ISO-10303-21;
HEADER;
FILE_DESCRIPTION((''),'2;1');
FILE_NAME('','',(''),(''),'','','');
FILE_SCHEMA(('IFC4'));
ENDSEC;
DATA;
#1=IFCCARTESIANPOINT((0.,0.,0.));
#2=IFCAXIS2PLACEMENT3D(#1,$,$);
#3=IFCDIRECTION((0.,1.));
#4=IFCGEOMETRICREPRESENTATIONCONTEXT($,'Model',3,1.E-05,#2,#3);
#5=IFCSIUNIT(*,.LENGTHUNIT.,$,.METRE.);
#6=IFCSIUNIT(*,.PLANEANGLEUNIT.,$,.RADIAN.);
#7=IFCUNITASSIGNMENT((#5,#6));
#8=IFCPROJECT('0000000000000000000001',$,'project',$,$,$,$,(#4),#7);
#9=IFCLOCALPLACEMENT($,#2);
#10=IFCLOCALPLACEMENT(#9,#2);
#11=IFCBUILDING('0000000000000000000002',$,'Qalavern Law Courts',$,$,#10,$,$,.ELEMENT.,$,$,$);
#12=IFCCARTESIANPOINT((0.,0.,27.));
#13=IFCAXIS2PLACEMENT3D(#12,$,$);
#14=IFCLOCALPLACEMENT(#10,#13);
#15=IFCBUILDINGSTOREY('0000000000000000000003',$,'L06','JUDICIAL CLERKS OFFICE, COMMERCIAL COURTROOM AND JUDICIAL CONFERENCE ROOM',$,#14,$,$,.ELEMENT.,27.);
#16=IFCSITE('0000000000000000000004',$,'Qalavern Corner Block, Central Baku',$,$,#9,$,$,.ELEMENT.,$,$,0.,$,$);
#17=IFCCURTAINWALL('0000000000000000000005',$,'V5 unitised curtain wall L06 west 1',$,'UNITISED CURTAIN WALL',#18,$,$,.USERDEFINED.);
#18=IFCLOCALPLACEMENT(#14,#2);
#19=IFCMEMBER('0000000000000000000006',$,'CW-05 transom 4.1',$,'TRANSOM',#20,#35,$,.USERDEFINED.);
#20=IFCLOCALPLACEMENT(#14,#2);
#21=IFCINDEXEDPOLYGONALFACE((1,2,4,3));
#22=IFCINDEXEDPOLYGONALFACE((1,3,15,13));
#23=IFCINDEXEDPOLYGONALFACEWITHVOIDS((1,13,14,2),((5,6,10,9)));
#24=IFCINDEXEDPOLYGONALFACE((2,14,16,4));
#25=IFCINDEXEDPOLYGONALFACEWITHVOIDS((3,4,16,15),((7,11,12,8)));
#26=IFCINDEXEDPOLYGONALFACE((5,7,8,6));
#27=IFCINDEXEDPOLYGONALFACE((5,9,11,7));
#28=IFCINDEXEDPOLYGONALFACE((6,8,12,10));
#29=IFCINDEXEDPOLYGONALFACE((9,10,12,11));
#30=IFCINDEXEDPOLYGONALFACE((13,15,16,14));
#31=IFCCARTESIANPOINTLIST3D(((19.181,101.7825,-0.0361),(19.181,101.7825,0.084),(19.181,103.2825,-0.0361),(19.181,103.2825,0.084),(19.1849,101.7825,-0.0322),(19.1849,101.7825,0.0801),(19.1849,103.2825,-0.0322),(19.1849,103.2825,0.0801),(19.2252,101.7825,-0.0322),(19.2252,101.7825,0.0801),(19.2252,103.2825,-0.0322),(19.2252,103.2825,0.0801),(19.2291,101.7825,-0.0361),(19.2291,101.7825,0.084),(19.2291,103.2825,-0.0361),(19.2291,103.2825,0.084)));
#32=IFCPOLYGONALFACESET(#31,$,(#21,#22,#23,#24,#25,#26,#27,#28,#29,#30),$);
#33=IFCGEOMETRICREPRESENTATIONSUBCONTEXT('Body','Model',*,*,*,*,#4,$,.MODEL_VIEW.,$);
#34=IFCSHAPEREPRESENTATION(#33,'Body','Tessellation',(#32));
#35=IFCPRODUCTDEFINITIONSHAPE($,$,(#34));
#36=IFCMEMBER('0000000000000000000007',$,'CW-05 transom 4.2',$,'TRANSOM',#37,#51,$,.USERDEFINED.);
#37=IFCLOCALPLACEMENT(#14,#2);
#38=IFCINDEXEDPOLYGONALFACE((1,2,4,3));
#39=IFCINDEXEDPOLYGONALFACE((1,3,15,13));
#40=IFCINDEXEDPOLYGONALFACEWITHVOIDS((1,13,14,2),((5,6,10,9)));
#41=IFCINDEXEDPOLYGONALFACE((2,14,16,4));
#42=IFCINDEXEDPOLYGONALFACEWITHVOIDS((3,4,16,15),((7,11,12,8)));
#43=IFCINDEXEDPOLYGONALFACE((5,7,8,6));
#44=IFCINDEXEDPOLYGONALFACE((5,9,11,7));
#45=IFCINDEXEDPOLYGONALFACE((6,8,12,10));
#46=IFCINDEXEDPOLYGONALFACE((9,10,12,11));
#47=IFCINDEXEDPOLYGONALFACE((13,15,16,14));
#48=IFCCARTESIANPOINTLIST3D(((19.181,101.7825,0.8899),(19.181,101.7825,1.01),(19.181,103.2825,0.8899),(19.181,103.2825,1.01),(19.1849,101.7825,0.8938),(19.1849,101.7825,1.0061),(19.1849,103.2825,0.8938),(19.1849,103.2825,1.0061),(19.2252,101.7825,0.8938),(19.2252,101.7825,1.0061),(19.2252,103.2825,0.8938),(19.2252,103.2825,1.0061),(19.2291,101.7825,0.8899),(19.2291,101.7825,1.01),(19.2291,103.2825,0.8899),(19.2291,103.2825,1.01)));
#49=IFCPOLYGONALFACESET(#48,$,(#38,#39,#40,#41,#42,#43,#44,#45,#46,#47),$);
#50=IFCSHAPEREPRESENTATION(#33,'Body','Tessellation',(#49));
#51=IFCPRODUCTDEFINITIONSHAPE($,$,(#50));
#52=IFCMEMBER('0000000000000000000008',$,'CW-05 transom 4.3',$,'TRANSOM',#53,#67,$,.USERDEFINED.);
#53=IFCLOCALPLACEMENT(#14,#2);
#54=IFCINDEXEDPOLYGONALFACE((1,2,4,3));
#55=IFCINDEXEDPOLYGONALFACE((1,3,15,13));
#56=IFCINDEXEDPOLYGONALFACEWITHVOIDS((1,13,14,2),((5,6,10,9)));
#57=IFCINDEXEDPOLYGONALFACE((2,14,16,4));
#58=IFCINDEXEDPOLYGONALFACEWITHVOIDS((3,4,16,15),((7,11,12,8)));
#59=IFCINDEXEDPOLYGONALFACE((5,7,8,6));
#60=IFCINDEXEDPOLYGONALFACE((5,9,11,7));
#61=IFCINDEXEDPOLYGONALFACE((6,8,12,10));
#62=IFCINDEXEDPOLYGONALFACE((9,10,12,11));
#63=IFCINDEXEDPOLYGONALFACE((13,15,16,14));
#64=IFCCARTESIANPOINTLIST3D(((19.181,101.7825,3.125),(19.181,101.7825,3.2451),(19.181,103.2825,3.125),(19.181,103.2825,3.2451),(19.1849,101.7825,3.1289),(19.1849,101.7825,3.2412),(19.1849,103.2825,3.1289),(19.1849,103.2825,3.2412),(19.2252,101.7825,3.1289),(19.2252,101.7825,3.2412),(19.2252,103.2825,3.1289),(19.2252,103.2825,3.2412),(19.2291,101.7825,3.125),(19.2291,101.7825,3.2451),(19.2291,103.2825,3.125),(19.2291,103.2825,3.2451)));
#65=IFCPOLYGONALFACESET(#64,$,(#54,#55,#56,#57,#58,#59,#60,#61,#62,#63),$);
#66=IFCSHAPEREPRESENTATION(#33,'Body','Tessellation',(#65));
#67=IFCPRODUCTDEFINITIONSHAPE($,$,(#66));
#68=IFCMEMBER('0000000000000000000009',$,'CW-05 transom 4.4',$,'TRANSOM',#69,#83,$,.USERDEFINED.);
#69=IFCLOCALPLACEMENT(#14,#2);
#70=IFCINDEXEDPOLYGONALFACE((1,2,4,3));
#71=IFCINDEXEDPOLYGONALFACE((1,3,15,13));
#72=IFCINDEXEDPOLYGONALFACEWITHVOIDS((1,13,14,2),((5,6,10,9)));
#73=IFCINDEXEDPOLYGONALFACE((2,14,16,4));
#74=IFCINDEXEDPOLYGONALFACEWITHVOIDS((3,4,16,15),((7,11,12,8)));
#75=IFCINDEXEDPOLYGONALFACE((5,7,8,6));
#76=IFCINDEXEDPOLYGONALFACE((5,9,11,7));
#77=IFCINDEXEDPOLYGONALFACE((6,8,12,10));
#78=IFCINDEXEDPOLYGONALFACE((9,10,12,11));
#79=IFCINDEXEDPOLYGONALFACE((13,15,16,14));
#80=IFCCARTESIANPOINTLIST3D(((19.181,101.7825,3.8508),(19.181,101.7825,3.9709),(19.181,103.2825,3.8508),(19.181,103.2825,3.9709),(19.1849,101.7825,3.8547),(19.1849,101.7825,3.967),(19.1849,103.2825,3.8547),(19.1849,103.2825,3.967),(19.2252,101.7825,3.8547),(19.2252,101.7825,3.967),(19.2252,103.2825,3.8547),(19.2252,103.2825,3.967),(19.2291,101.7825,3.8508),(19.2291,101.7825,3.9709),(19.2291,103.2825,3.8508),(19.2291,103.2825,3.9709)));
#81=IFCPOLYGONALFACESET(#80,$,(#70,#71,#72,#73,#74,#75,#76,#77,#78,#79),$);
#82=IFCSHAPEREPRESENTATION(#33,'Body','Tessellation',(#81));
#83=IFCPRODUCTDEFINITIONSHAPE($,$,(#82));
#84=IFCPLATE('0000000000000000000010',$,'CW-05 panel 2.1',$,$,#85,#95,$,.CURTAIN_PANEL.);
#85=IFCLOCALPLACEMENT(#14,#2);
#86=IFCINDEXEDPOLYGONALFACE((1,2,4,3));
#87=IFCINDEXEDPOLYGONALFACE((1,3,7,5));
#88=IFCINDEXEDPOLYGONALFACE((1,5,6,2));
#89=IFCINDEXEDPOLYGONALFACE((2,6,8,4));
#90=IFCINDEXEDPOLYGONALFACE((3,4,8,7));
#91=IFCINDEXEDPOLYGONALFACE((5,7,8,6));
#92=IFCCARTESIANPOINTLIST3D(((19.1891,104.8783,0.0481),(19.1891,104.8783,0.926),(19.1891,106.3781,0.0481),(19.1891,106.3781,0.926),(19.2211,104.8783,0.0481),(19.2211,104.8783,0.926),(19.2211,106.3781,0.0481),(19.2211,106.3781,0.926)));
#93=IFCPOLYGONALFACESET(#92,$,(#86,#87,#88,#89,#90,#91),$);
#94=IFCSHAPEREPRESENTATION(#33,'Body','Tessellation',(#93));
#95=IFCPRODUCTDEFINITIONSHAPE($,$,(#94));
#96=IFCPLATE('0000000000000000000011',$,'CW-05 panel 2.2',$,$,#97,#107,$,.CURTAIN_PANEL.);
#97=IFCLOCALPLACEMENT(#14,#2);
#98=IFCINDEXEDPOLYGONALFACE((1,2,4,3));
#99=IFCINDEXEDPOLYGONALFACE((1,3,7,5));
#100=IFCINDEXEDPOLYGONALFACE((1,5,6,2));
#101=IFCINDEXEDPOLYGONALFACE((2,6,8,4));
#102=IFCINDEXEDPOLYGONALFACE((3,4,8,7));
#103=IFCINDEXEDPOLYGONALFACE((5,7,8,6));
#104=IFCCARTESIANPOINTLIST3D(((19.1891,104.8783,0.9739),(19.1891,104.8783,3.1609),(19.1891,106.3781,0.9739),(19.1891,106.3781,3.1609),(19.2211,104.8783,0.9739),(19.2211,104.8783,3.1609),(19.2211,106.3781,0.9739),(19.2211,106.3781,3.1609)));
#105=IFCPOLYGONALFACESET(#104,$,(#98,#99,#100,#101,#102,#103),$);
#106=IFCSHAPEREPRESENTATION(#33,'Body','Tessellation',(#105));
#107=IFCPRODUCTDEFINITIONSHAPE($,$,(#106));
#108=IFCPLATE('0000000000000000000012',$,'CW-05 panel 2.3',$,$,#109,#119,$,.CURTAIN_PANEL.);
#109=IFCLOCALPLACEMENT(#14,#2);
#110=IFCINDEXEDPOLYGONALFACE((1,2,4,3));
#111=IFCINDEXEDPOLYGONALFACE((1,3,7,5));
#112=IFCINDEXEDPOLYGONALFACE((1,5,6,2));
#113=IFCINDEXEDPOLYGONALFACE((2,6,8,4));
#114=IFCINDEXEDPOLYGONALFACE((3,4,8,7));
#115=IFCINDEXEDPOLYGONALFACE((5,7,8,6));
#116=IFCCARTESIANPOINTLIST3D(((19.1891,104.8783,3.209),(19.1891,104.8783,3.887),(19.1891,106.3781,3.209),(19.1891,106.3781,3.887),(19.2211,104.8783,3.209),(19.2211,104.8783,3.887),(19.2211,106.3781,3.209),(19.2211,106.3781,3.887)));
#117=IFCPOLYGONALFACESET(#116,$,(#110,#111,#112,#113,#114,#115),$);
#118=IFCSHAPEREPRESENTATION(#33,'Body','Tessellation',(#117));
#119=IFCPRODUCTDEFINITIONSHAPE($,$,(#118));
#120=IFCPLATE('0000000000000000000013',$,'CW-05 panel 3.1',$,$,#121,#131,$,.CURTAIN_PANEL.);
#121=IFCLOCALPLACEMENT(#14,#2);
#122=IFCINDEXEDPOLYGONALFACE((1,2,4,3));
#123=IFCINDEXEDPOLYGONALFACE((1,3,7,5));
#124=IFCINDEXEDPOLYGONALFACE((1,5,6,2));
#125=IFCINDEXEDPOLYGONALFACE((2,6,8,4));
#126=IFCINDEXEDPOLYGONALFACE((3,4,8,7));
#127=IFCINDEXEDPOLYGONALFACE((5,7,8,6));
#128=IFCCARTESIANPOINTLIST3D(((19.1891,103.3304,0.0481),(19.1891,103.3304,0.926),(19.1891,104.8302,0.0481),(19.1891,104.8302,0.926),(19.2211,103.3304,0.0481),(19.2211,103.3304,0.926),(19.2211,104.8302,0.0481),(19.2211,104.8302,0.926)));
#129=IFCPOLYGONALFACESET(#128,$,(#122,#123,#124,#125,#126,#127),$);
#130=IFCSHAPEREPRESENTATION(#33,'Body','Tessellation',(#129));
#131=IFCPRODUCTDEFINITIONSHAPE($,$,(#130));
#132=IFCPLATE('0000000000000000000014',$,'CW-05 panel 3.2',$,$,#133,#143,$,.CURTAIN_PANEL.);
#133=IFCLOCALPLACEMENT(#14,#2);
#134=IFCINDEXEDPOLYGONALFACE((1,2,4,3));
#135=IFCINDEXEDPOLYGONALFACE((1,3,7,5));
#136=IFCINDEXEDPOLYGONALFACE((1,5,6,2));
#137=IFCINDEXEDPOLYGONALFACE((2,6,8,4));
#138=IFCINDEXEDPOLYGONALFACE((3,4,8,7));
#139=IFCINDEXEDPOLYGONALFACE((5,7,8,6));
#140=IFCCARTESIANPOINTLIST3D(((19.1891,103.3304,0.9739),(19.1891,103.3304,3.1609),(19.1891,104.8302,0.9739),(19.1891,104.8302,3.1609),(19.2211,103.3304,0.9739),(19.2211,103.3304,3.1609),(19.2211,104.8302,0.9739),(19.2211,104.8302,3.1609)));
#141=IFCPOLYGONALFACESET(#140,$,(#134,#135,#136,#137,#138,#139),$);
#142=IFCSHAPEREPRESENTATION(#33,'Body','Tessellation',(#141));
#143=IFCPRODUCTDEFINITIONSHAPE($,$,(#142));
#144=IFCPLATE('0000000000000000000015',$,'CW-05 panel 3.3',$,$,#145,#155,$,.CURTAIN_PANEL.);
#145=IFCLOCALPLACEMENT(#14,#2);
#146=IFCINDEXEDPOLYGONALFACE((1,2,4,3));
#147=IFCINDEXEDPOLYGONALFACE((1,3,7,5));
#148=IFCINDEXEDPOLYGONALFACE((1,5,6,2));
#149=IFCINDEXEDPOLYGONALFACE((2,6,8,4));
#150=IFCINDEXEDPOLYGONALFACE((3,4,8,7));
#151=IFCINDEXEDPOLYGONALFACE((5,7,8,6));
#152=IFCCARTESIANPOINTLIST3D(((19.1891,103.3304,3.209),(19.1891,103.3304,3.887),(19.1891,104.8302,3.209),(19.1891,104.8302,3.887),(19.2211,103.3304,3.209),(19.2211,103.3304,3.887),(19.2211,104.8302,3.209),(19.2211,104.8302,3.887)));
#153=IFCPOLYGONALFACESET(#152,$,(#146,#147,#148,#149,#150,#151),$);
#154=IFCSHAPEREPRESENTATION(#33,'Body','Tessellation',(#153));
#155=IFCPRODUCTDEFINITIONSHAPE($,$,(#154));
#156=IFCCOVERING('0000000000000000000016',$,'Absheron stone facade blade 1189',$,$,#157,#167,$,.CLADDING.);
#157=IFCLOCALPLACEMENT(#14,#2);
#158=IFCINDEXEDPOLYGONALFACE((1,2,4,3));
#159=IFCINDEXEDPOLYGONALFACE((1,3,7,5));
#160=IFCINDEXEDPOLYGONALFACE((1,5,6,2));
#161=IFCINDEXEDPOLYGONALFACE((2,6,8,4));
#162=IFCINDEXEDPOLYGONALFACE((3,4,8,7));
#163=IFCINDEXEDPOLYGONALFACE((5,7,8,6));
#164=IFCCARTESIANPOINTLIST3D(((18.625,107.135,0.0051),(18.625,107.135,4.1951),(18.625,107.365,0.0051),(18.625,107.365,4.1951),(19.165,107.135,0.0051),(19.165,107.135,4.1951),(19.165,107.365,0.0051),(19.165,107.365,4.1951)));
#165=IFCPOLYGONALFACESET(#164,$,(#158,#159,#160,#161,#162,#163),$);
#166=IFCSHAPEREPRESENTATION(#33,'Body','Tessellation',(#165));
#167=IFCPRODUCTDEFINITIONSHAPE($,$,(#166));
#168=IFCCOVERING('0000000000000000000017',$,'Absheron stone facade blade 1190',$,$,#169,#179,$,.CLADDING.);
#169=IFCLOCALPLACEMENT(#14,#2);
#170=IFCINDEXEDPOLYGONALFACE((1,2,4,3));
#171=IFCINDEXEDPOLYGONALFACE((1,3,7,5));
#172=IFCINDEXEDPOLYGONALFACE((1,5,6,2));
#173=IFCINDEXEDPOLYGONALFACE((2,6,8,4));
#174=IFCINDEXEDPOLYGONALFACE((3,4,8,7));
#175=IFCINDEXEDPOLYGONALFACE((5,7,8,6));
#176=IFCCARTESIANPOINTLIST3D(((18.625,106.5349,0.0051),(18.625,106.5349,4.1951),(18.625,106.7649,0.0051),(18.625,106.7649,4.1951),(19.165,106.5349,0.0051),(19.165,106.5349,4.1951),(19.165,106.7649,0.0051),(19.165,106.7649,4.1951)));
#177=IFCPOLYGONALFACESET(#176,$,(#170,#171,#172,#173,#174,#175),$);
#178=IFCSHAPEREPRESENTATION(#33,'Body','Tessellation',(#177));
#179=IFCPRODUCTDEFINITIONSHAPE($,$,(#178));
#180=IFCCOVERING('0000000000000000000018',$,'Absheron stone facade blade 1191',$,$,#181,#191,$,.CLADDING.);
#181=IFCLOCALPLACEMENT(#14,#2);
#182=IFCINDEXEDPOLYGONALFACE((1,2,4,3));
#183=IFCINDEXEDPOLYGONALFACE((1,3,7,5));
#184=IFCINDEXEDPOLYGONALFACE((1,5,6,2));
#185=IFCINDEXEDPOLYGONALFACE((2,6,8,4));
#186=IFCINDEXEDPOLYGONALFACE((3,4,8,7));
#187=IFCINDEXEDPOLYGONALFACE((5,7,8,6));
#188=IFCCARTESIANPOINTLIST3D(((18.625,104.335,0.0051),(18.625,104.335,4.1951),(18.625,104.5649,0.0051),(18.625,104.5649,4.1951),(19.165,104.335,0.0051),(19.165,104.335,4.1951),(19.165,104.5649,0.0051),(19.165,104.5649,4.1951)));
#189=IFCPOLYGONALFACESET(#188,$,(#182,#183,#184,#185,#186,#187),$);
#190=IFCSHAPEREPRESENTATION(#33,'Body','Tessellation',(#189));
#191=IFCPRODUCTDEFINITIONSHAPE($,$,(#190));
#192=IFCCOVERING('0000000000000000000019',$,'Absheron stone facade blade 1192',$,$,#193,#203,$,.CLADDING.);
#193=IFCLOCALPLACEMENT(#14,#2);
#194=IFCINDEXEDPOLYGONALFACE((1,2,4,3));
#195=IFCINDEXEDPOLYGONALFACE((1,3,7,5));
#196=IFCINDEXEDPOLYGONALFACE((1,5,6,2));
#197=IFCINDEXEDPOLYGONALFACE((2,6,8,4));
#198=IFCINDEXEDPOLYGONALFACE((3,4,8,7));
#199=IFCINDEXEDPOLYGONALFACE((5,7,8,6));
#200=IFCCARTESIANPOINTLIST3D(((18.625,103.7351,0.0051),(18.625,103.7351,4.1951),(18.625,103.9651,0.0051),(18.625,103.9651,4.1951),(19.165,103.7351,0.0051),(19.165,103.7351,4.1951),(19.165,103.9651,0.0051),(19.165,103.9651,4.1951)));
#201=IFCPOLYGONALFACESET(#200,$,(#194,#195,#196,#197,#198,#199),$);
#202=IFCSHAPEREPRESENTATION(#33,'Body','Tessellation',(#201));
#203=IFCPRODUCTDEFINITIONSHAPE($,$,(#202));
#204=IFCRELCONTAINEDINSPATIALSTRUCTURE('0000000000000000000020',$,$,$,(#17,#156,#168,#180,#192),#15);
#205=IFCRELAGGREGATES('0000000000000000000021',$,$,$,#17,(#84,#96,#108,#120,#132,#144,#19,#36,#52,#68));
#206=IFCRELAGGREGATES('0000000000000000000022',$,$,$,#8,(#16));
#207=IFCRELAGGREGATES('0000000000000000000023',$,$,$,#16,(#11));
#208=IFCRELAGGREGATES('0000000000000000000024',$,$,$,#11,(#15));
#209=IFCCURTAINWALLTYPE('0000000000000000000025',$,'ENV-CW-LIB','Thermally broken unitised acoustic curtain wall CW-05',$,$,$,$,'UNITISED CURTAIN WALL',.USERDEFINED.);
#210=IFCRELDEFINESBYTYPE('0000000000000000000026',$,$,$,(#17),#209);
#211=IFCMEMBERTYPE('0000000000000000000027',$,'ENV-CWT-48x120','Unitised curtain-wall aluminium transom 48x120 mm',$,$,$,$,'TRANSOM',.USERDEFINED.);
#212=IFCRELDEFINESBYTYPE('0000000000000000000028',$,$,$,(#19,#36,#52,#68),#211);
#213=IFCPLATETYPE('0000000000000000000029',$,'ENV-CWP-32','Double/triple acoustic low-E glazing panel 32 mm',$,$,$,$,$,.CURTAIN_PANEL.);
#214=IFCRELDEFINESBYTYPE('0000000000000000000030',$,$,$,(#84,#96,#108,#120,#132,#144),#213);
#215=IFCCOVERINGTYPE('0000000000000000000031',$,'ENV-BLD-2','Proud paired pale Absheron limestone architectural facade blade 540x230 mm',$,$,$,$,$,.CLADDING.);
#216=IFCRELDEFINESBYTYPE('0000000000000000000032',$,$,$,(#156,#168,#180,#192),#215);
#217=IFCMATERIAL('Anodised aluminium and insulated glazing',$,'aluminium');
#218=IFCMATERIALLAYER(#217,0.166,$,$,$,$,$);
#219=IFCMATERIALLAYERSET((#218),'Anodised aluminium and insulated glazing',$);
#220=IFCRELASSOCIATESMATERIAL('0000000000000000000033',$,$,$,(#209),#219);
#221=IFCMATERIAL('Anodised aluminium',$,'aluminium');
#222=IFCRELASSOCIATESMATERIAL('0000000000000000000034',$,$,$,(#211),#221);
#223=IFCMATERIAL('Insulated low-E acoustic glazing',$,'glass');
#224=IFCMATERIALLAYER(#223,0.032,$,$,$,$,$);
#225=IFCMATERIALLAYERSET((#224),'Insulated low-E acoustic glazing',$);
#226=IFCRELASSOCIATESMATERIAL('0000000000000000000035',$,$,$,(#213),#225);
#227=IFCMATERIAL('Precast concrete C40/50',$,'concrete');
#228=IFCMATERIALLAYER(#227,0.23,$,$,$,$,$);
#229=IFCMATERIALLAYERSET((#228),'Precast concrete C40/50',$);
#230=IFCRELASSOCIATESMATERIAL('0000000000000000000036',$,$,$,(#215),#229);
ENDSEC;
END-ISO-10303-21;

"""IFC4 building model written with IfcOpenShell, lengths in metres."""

from ifc_helpers import new_model, si_unit, direction, frame, origin, origin_2d, place, context, subcontext, project, spatial, rectangle, hollow_rectangle, extrude, material, layer, layer_set, material_profile, profile_set, type_object, element, aggregate, save


model = new_model("IFC4")

# Units and contexts
model_context = context("Model", 3, precision=1e-05, world=origin(), true_north=direction((0.0, 1.0)))
body_context = subcontext(model_context, "Body", "Model", "MODEL_VIEW")
ifc_project = project(units=[si_unit("LENGTHUNIT", "METRE"), si_unit("PLANEANGLEUNIT", "RADIAN")], contexts=[model_context])

# Site, building, storey
site_placement = place(None, origin())
site = spatial("IfcSite", under=ifc_project, at=site_placement, Name="Qalavern Corner Block, Central Baku", CompositionType="ELEMENT", RefElevation=0.0)
building_placement = place(site_placement, origin())
building = spatial("IfcBuilding", under=site, at=building_placement, Name="Qalavern Law Courts", CompositionType="ELEMENT")
storey_placement = place(building_placement, frame((0.0, 0.0, 27.0)))
storey = spatial("IfcBuildingStorey", under=building, at=storey_placement, Name="L06", Description="JUDICIAL CLERKS OFFICE, COMMERCIAL COURTROOM AND JUDICIAL CONFERENCE ROOM", CompositionType="ELEMENT", Elevation=27.0)

# Curtain wall, members, plates
ifc_material_1 = material(Name="Anodised aluminium and insulated glazing", Category="aluminium")
ifc_layer_1 = layer(ifc_material_1, 0.166)
ifc_layer_set_1 = layer_set([ifc_layer_1], Name="Anodised aluminium and insulated glazing")
curtain_wall_type = type_object("IfcCurtainWallType", Name="ENV-CW-LIB", Description="Thermally broken unitised acoustic curtain wall CW-05", ElementType="UNITISED CURTAIN WALL", PredefinedType="USERDEFINED", material=ifc_layer_set_1)
curtain_wall_placement = place(storey_placement, origin())
curtain_wall = element("IfcCurtainWall", 1, at=curtain_wall_placement, inside=storey, type_object=curtain_wall_type, Name="V5 unitised curtain wall L06 west 1", ObjectType="UNITISED CURTAIN WALL", PredefinedType="USERDEFINED")
ifc_material_2 = material(Name="Anodised aluminium", Category="aluminium")
ifc_material_profile_1 = material_profile(ifc_material_2, hollow_rectangle(XDim=0.0481, YDim=0.1201, WallThickness=0.0039, at=origin_2d()), Name="ALU TRANSOM 48x120")
ifc_profile_set_1 = profile_set([ifc_material_profile_1], Name="Anodised aluminium")
member_type_1 = type_object("IfcMemberType", Name="ENV-CWT-48x120", Description="Unitised curtain-wall aluminium transom 48x120 mm", ElementType="TRANSOM", PredefinedType="USERDEFINED", material=ifc_profile_set_1)
member_1_placement = place(storey_placement, frame((19.2051, 103.2825, 0.0239), z_axis=(0.0, -1.0, 0.0), x_axis=(1.0, 0.0, 0.0)))
member_1 = element("IfcMember", 2, at=member_1_placement, type_object=member_type_1, Name="CW-05 transom 4.1", ObjectType="TRANSOM", PredefinedType="USERDEFINED", context=body_context, shape_type="SweptSolid", body=[
    extrude(hollow_rectangle(XDim=0.0481, YDim=0.1201, WallThickness=0.0039, at=origin_2d()), origin(), (0.0, 0.0, 1.0), 1.5),
])
member_2_placement = place(storey_placement, frame((19.2051, 103.2825, 0.95), z_axis=(0.0, -1.0, 0.0), x_axis=(1.0, 0.0, 0.0)))
member_2 = element("IfcMember", 3, at=member_2_placement, type_object=member_type_1, Name="CW-05 transom 4.2", ObjectType="TRANSOM", PredefinedType="USERDEFINED", context=body_context, shape_type="SweptSolid", body=[
    extrude(hollow_rectangle(XDim=0.0481, YDim=0.1201, WallThickness=0.0039, at=origin_2d()), origin(), (0.0, 0.0, 1.0), 1.5),
])
member_3_placement = place(storey_placement, frame((19.2051, 103.2825, 3.1851), z_axis=(0.0, -1.0, 0.0), x_axis=(1.0, 0.0, 0.0)))
member_3 = element("IfcMember", 4, at=member_3_placement, type_object=member_type_1, Name="CW-05 transom 4.3", ObjectType="TRANSOM", PredefinedType="USERDEFINED", context=body_context, shape_type="SweptSolid", body=[
    extrude(hollow_rectangle(XDim=0.0481, YDim=0.1201, WallThickness=0.0039, at=origin_2d()), origin(), (0.0, 0.0, 1.0), 1.5),
])
member_4_placement = place(storey_placement, frame((19.2051, 103.2825, 3.9109), z_axis=(0.0, -1.0, 0.0), x_axis=(1.0, 0.0, 0.0)))
member_4 = element("IfcMember", 5, at=member_4_placement, type_object=member_type_1, Name="CW-05 transom 4.4", ObjectType="TRANSOM", PredefinedType="USERDEFINED", context=body_context, shape_type="SweptSolid", body=[
    extrude(hollow_rectangle(XDim=0.0481, YDim=0.1201, WallThickness=0.0039, at=origin_2d()), origin(), (0.0, 0.0, 1.0), 1.5),
])
ifc_material_3 = material(Name="Insulated low-E acoustic glazing", Category="glass")
ifc_layer_2 = layer(ifc_material_3, 0.032)
ifc_layer_set_2 = layer_set([ifc_layer_2], Name="Insulated low-E acoustic glazing")
plate_type = type_object("IfcPlateType", Name="ENV-CWP-32", Description="Double/triple acoustic low-E glazing panel 32 mm", PredefinedType="CURTAIN_PANEL", material=ifc_layer_set_2)
plate_1_placement = place(storey_placement, frame((19.2051, 105.6282, 0.0481), z_axis=(0.0, 0.0, 1.0), x_axis=(0.0, -1.0, 0.0)))
plate_1 = element("IfcPlate", 6, at=plate_1_placement, type_object=plate_type, Name="CW-05 panel 2.1", PredefinedType="CURTAIN_PANEL", context=body_context, shape_type="SweptSolid", body=[
    extrude(rectangle(XDim=1.4998, YDim=0.032, at=origin_2d()), origin(), (0.0, 0.0, 1.0), 0.8779),
])
plate_2_placement = place(storey_placement, frame((19.2051, 105.6282, 0.9739), z_axis=(0.0, 0.0, 1.0), x_axis=(0.0, -1.0, 0.0)))
plate_2 = element("IfcPlate", 7, at=plate_2_placement, type_object=plate_type, Name="CW-05 panel 2.2", PredefinedType="CURTAIN_PANEL", context=body_context, shape_type="SweptSolid", body=[
    extrude(rectangle(XDim=1.4998, YDim=0.032, at=origin_2d()), origin(), (0.0, 0.0, 1.0), 2.187),
])
plate_3_placement = place(storey_placement, frame((19.2051, 105.6282, 3.209), z_axis=(0.0, 0.0, 1.0), x_axis=(0.0, -1.0, 0.0)))
plate_3 = element("IfcPlate", 8, at=plate_3_placement, type_object=plate_type, Name="CW-05 panel 2.3", PredefinedType="CURTAIN_PANEL", context=body_context, shape_type="SweptSolid", body=[
    extrude(rectangle(XDim=1.4998, YDim=0.032, at=origin_2d()), origin(), (0.0, 0.0, 1.0), 0.678),
])
plate_4_placement = place(storey_placement, frame((19.2051, 104.0803, 0.0481), z_axis=(0.0, 0.0, 1.0), x_axis=(0.0, -1.0, 0.0)))
plate_4 = element("IfcPlate", 9, at=plate_4_placement, type_object=plate_type, Name="CW-05 panel 3.1", PredefinedType="CURTAIN_PANEL", context=body_context, shape_type="SweptSolid", body=[
    extrude(rectangle(XDim=1.4998, YDim=0.032, at=origin_2d()), origin(), (0.0, 0.0, 1.0), 0.8779),
])
plate_5_placement = place(storey_placement, frame((19.2051, 104.0803, 0.9739), z_axis=(0.0, 0.0, 1.0), x_axis=(0.0, -1.0, 0.0)))
plate_5 = element("IfcPlate", 10, at=plate_5_placement, type_object=plate_type, Name="CW-05 panel 3.2", PredefinedType="CURTAIN_PANEL", context=body_context, shape_type="SweptSolid", body=[
    extrude(rectangle(XDim=1.4998, YDim=0.032, at=origin_2d()), origin(), (0.0, 0.0, 1.0), 2.187),
])
plate_6_placement = place(storey_placement, frame((19.2051, 104.0803, 3.209), z_axis=(0.0, 0.0, 1.0), x_axis=(0.0, -1.0, 0.0)))
plate_6 = element("IfcPlate", 11, at=plate_6_placement, type_object=plate_type, Name="CW-05 panel 3.3", PredefinedType="CURTAIN_PANEL", context=body_context, shape_type="SweptSolid", body=[
    extrude(rectangle(XDim=1.4998, YDim=0.032, at=origin_2d()), origin(), (0.0, 0.0, 1.0), 0.678),
])
aggregate(curtain_wall, [plate_1, plate_2, plate_3, plate_4, plate_5, plate_6, member_1, member_2, member_3, member_4])

# Coverings
ifc_material_4 = material(Name="Precast concrete C40/50", Category="concrete")
ifc_layer_3 = layer(ifc_material_4, 0.23)
ifc_layer_set_3 = layer_set([ifc_layer_3], Name="Precast concrete C40/50")
covering_type_1 = type_object("IfcCoveringType", Name="ENV-BLD-2", Description="Proud paired pale Absheron limestone architectural facade blade 540x230 mm", PredefinedType="CLADDING", material=ifc_layer_set_3)
for number, where, z_axis, x_axis, name in (
    (12, (18.895, 107.25, 0.0051), (0.0, 0.0, 1.0), (-1.0, 0.0, 0.0), "Absheron stone facade blade 1189"),
    (13, (18.895, 106.6499, 0.0051), (0.0, 0.0, 1.0), (-1.0, 0.0, 0.0), "Absheron stone facade blade 1190"),
    (14, (18.895, 104.45, 0.0051), (0.0, 0.0, 1.0), (-1.0, 0.0, 0.0), "Absheron stone facade blade 1191"),
    (15, (18.895, 103.8501, 0.0051), (0.0, 0.0, 1.0), (-1.0, 0.0, 0.0), "Absheron stone facade blade 1192"),
):
    element("IfcCovering", number, at=place(storey_placement, frame(where, z_axis=z_axis, x_axis=x_axis)), inside=storey, type_object=covering_type_1, Name=name, PredefinedType="CLADDING", context=body_context, shape_type="SweptSolid", body=[
        extrude(rectangle(XDim=0.54, YDim=0.23, at=origin_2d()), origin(), (0.0, 0.0, 1.0), 4.1899),
    ])

save(model, "model.ifc")
